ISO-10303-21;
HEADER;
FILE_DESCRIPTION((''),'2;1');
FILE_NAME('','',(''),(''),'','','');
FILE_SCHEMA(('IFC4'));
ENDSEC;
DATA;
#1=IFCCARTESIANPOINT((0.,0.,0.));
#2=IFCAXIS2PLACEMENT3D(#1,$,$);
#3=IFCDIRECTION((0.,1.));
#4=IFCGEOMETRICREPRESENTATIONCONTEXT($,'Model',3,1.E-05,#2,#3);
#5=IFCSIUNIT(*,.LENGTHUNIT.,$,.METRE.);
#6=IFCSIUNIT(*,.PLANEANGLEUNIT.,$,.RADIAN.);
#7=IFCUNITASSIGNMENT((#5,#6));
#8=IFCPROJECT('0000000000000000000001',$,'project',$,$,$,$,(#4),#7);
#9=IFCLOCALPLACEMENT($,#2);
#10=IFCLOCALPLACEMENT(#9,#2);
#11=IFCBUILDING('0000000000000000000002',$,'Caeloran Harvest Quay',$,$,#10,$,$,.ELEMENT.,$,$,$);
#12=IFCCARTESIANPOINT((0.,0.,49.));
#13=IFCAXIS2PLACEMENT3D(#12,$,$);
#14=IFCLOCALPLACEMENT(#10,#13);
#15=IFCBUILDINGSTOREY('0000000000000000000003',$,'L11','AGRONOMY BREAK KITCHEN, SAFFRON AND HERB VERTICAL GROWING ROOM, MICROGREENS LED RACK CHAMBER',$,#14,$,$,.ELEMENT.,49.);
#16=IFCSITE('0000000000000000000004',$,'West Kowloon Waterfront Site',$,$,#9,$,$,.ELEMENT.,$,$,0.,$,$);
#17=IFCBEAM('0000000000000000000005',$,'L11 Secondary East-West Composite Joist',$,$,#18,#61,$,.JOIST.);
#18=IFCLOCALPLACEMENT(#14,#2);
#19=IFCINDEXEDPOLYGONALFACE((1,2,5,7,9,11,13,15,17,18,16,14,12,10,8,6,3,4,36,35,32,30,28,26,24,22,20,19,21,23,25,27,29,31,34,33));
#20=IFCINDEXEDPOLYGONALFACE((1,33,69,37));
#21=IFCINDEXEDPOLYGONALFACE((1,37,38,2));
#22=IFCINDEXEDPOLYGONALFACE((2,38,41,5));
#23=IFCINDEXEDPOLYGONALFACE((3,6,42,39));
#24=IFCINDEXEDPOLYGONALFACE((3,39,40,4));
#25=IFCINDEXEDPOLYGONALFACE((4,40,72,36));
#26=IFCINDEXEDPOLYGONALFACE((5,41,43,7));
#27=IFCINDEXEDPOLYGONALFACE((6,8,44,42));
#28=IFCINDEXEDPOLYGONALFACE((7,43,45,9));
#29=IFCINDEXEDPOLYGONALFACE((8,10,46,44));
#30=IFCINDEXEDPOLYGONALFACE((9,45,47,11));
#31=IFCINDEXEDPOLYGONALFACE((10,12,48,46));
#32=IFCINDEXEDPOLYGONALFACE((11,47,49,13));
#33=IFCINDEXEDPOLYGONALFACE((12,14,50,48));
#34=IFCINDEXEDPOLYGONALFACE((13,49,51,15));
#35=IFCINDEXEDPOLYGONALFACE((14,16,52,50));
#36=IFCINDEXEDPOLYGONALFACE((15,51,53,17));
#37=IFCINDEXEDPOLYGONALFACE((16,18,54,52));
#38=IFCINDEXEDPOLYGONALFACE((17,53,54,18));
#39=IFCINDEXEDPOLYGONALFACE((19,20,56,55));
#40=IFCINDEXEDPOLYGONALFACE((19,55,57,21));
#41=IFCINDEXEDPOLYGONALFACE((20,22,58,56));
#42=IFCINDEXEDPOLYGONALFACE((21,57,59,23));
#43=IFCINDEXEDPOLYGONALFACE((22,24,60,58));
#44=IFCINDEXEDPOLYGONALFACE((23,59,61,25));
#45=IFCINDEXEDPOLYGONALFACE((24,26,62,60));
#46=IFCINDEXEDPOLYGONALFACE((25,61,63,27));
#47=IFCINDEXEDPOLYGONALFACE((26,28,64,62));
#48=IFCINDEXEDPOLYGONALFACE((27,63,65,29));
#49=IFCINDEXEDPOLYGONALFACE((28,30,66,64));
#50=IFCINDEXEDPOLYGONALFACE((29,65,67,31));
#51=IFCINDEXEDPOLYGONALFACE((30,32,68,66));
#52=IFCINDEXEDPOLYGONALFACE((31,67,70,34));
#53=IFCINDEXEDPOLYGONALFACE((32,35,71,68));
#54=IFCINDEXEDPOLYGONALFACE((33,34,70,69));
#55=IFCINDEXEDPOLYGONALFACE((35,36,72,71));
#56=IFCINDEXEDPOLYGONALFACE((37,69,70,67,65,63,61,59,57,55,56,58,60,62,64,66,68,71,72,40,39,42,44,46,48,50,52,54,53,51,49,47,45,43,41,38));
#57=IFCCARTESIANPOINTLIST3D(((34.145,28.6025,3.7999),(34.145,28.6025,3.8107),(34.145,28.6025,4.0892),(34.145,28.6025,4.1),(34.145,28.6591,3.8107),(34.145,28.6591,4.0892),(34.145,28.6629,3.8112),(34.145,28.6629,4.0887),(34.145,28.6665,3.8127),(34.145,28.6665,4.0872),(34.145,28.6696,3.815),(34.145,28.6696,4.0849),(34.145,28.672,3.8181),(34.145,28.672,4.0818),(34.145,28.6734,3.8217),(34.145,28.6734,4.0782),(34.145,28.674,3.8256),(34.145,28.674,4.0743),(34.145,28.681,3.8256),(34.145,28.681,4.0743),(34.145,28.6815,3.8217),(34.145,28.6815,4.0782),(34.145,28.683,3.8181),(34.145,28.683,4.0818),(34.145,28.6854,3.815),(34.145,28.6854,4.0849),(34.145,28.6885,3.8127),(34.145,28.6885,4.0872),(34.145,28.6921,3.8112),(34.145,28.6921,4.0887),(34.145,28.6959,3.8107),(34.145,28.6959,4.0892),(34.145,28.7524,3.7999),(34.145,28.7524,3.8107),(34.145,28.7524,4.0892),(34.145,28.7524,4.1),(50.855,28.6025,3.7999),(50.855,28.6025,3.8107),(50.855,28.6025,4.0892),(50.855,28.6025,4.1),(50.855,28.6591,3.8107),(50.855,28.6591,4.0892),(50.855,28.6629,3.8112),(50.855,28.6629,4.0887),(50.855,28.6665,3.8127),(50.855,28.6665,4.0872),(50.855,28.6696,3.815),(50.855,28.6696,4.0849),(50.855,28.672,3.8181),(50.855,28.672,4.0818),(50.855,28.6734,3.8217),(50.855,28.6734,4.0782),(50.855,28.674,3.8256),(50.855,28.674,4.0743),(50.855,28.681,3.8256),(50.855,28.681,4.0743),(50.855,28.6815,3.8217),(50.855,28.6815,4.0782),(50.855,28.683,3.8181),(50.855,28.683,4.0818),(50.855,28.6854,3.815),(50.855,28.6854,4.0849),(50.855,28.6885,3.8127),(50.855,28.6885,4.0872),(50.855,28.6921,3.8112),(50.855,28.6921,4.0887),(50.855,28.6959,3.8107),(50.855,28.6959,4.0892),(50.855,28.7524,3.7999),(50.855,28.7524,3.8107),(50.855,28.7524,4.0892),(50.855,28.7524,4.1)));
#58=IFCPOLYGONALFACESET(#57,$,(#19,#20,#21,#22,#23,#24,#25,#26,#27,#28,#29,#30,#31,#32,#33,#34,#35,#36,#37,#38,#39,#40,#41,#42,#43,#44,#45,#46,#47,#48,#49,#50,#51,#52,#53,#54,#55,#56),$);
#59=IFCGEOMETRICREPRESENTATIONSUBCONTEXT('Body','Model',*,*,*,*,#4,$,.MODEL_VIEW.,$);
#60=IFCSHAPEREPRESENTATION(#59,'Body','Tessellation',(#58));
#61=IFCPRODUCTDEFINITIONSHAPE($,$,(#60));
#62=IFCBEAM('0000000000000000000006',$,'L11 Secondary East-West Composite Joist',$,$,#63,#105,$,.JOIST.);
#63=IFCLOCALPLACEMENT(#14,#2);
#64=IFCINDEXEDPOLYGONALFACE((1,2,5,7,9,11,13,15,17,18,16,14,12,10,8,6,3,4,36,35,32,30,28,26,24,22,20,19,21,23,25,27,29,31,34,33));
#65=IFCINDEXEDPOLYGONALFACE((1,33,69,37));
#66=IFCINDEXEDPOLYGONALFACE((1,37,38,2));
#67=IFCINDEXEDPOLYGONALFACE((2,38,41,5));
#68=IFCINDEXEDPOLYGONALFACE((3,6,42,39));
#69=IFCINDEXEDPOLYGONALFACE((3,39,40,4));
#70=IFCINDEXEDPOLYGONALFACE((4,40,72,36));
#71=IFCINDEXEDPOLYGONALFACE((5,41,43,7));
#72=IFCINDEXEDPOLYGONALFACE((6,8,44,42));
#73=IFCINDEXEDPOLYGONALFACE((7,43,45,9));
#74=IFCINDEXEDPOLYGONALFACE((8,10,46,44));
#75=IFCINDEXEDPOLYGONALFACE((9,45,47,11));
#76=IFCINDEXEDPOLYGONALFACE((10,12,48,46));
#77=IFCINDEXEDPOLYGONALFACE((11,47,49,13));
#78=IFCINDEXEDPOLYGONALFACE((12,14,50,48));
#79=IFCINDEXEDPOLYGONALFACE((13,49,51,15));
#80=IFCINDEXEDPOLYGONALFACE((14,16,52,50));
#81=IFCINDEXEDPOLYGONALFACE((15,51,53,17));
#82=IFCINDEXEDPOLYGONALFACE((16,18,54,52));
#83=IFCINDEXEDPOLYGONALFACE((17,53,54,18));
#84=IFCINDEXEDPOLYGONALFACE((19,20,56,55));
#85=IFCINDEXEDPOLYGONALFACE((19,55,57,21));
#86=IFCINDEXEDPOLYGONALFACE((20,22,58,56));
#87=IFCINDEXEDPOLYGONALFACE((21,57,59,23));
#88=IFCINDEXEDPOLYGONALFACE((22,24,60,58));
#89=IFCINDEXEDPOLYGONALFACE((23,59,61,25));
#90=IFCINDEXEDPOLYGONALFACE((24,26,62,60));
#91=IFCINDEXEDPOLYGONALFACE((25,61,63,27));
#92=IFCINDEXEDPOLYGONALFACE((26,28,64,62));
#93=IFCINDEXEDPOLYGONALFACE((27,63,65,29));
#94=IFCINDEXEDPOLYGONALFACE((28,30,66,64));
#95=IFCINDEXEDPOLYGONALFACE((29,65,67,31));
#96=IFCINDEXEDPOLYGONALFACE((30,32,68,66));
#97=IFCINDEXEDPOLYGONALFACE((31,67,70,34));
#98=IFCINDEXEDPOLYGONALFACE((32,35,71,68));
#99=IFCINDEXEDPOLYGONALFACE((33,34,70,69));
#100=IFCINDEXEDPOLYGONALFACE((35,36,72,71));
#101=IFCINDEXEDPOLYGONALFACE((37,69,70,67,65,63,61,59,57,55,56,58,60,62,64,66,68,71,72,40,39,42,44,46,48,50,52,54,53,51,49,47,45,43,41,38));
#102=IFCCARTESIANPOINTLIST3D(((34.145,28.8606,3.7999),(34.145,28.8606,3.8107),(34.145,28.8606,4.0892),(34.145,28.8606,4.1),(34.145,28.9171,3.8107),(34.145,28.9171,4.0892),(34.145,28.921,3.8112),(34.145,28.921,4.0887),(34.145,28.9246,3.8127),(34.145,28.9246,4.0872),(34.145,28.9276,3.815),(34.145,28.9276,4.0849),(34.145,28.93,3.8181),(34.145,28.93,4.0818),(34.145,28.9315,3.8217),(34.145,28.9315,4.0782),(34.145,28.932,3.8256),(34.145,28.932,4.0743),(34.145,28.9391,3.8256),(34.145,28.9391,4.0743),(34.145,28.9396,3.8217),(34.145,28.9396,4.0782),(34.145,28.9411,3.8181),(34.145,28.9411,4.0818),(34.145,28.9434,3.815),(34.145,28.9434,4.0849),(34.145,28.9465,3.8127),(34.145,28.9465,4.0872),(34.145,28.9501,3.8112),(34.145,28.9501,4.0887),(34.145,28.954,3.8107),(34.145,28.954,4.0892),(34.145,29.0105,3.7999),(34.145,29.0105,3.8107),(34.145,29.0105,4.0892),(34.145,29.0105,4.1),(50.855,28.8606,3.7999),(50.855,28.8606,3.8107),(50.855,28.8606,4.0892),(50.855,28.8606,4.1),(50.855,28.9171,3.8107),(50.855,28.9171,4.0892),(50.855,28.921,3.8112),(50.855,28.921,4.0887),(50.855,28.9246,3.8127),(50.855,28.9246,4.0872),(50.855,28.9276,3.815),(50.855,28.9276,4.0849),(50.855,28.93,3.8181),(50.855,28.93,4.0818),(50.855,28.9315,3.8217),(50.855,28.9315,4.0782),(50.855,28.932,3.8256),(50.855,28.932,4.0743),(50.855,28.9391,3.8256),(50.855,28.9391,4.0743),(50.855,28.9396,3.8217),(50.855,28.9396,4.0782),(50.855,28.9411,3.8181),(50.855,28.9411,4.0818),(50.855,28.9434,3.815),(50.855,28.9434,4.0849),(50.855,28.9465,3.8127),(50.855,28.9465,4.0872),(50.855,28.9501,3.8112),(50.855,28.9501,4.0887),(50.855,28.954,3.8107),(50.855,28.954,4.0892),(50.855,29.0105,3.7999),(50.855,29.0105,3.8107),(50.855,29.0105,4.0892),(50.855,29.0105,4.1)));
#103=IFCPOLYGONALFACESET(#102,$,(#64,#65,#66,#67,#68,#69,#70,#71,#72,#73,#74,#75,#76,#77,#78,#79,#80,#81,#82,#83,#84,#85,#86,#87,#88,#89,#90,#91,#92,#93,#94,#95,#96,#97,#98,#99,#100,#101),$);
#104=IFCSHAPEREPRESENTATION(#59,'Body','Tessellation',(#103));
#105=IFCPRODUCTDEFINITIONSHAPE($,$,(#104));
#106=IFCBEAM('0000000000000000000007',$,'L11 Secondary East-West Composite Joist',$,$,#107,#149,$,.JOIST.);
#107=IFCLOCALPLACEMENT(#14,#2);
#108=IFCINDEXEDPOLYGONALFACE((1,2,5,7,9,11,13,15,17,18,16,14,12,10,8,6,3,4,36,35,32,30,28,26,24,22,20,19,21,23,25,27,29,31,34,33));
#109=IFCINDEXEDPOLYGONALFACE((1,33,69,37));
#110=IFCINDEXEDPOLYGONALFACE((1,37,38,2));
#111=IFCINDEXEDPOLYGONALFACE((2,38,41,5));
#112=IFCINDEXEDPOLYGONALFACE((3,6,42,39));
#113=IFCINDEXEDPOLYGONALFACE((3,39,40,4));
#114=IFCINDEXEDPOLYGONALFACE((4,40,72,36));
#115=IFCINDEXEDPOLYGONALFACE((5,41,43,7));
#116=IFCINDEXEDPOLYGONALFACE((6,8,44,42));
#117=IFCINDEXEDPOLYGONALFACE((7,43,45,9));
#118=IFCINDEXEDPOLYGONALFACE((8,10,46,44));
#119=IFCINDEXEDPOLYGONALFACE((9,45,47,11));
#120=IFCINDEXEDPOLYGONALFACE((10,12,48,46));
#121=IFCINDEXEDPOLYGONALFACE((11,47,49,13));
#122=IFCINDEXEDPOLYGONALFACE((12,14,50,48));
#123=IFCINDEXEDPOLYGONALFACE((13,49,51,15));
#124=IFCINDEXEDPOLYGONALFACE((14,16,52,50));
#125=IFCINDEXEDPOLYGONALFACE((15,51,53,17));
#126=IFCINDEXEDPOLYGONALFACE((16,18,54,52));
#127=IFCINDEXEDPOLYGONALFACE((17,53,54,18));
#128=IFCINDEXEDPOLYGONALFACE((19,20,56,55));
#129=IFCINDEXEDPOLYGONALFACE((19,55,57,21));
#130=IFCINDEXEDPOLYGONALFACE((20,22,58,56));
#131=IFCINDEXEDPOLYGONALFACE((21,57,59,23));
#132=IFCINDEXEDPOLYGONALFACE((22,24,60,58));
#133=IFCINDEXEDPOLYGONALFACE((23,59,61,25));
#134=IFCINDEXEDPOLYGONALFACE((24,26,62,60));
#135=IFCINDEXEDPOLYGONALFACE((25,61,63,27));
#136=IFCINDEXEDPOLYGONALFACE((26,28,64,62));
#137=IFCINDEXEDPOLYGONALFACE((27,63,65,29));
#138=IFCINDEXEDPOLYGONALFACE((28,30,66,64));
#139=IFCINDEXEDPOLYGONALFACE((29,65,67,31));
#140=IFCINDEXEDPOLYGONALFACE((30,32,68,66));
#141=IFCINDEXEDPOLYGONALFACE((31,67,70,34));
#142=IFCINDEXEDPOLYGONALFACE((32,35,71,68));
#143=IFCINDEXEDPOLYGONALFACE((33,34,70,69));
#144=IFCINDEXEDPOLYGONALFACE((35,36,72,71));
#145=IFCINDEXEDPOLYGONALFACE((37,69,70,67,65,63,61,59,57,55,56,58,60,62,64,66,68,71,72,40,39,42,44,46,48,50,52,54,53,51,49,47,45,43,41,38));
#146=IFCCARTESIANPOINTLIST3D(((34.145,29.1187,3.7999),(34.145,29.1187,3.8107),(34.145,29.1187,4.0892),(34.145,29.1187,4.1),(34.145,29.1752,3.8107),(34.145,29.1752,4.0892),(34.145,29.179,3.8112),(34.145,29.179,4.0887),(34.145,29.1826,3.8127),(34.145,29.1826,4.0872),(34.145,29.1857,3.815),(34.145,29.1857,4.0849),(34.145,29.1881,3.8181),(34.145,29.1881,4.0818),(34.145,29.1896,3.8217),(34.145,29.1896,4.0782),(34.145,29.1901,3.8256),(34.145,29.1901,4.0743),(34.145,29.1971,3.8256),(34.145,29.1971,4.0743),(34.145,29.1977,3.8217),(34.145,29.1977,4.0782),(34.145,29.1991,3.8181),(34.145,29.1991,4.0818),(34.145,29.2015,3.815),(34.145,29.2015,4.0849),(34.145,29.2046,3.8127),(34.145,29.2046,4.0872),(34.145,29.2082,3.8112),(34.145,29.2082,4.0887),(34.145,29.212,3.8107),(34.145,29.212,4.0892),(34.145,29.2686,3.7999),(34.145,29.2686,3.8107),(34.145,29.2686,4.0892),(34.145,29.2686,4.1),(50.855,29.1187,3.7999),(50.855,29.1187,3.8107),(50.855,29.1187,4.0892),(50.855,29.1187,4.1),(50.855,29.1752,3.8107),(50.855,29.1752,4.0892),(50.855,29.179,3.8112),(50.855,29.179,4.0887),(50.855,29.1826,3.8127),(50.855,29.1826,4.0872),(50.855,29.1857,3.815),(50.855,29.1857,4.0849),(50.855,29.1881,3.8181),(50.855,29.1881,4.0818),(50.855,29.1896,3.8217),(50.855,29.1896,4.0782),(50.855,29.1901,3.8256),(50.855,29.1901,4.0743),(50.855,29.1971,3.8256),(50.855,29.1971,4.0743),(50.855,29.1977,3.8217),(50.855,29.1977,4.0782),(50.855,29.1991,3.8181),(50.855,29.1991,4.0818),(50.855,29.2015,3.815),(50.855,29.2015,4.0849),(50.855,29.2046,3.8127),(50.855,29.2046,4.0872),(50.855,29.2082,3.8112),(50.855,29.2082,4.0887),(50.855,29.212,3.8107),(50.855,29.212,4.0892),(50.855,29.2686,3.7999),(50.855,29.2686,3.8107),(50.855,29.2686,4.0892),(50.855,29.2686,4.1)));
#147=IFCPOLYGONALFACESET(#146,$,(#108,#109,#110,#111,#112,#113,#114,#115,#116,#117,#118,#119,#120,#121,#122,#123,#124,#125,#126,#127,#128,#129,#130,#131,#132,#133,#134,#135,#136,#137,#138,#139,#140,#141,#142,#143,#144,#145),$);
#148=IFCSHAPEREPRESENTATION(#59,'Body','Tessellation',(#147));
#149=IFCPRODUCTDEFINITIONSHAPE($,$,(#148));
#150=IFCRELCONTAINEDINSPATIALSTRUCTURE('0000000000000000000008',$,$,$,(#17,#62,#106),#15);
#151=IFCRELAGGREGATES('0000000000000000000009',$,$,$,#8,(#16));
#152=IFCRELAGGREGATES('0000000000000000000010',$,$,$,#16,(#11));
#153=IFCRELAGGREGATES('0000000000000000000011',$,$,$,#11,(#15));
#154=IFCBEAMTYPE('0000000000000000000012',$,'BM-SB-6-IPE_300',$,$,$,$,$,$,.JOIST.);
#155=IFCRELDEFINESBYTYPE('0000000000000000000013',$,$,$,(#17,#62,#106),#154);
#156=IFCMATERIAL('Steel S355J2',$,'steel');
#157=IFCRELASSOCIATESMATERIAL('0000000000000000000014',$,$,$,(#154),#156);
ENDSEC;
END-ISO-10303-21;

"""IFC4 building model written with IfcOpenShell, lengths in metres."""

from ifc_helpers import new_model, si_unit, direction, frame, origin, origin_2d, place, context, subcontext, project, spatial, i_section, extrude, material, material_profile, profile_set, type_object, element, save


model = new_model("IFC4")

# Units and contexts
model_context = context("Model", 3, precision=1e-05, world=origin(), true_north=direction((0.0, 1.0)))
body_context = subcontext(model_context, "Body", "Model", "MODEL_VIEW")
ifc_project = project(units=[si_unit("LENGTHUNIT", "METRE"), si_unit("PLANEANGLEUNIT", "RADIAN")], contexts=[model_context])

# Site, building, storey
site_placement = place(None, origin())
site = spatial("IfcSite", under=ifc_project, at=site_placement, Name="West Kowloon Waterfront Site", CompositionType="ELEMENT", RefElevation=0.0)
building_placement = place(site_placement, origin())
building = spatial("IfcBuilding", under=site, at=building_placement, Name="Caeloran Harvest Quay", CompositionType="ELEMENT")
storey_placement = place(building_placement, frame((0.0, 0.0, 49.0)))
storey = spatial("IfcBuildingStorey", under=building, at=storey_placement, Name="L11", Description="AGRONOMY BREAK KITCHEN, SAFFRON AND HERB VERTICAL GROWING ROOM, MICROGREENS LED RACK CHAMBER", CompositionType="ELEMENT", Elevation=49.0)

# Beams
ifc_material_1 = material(Name="Steel S355J2", Category="steel")
ifc_material_profile_1 = material_profile(ifc_material_1, i_section(OverallWidth=0.1499, OverallDepth=0.3, WebThickness=0.0071, FlangeThickness=0.0107, FilletRadius=0.0149, at=origin_2d()), Name="IPE 300")
ifc_profile_set_1 = profile_set([ifc_material_profile_1], Name="Steel S355J2")
beam_type_1 = type_object("IfcBeamType", Name="BM-SB-6-IPE_300", PredefinedType="JOIST", material=ifc_profile_set_1)
for number, where, z_axis, x_axis, name in (
    (1, (34.145, 28.6775, 3.95), (1.0, 0.0, 0.0), (0.0, 1.0, 0.0), "L11 Secondary East-West Composite Joist"),
    (2, (34.145, 28.9355, 3.95), (1.0, 0.0, 0.0), (0.0, 1.0, 0.0), "L11 Secondary East-West Composite Joist"),
    (3, (34.145, 29.1936, 3.95), (1.0, 0.0, 0.0), (0.0, 1.0, 0.0), "L11 Secondary East-West Composite Joist"),
):
    element("IfcBeam", number, at=place(storey_placement, frame(where, z_axis=z_axis, x_axis=x_axis)), inside=storey, type_object=beam_type_1, Name=name, PredefinedType="JOIST", context=body_context, shape_type="SweptSolid", body=[
        extrude(i_section(OverallWidth=0.1499, OverallDepth=0.3, WebThickness=0.0071, FlangeThickness=0.0107, FilletRadius=0.0149, at=origin_2d()), origin(), (0.0, 0.0, 1.0), 16.71),
    ])

save(model, "model.ifc")
